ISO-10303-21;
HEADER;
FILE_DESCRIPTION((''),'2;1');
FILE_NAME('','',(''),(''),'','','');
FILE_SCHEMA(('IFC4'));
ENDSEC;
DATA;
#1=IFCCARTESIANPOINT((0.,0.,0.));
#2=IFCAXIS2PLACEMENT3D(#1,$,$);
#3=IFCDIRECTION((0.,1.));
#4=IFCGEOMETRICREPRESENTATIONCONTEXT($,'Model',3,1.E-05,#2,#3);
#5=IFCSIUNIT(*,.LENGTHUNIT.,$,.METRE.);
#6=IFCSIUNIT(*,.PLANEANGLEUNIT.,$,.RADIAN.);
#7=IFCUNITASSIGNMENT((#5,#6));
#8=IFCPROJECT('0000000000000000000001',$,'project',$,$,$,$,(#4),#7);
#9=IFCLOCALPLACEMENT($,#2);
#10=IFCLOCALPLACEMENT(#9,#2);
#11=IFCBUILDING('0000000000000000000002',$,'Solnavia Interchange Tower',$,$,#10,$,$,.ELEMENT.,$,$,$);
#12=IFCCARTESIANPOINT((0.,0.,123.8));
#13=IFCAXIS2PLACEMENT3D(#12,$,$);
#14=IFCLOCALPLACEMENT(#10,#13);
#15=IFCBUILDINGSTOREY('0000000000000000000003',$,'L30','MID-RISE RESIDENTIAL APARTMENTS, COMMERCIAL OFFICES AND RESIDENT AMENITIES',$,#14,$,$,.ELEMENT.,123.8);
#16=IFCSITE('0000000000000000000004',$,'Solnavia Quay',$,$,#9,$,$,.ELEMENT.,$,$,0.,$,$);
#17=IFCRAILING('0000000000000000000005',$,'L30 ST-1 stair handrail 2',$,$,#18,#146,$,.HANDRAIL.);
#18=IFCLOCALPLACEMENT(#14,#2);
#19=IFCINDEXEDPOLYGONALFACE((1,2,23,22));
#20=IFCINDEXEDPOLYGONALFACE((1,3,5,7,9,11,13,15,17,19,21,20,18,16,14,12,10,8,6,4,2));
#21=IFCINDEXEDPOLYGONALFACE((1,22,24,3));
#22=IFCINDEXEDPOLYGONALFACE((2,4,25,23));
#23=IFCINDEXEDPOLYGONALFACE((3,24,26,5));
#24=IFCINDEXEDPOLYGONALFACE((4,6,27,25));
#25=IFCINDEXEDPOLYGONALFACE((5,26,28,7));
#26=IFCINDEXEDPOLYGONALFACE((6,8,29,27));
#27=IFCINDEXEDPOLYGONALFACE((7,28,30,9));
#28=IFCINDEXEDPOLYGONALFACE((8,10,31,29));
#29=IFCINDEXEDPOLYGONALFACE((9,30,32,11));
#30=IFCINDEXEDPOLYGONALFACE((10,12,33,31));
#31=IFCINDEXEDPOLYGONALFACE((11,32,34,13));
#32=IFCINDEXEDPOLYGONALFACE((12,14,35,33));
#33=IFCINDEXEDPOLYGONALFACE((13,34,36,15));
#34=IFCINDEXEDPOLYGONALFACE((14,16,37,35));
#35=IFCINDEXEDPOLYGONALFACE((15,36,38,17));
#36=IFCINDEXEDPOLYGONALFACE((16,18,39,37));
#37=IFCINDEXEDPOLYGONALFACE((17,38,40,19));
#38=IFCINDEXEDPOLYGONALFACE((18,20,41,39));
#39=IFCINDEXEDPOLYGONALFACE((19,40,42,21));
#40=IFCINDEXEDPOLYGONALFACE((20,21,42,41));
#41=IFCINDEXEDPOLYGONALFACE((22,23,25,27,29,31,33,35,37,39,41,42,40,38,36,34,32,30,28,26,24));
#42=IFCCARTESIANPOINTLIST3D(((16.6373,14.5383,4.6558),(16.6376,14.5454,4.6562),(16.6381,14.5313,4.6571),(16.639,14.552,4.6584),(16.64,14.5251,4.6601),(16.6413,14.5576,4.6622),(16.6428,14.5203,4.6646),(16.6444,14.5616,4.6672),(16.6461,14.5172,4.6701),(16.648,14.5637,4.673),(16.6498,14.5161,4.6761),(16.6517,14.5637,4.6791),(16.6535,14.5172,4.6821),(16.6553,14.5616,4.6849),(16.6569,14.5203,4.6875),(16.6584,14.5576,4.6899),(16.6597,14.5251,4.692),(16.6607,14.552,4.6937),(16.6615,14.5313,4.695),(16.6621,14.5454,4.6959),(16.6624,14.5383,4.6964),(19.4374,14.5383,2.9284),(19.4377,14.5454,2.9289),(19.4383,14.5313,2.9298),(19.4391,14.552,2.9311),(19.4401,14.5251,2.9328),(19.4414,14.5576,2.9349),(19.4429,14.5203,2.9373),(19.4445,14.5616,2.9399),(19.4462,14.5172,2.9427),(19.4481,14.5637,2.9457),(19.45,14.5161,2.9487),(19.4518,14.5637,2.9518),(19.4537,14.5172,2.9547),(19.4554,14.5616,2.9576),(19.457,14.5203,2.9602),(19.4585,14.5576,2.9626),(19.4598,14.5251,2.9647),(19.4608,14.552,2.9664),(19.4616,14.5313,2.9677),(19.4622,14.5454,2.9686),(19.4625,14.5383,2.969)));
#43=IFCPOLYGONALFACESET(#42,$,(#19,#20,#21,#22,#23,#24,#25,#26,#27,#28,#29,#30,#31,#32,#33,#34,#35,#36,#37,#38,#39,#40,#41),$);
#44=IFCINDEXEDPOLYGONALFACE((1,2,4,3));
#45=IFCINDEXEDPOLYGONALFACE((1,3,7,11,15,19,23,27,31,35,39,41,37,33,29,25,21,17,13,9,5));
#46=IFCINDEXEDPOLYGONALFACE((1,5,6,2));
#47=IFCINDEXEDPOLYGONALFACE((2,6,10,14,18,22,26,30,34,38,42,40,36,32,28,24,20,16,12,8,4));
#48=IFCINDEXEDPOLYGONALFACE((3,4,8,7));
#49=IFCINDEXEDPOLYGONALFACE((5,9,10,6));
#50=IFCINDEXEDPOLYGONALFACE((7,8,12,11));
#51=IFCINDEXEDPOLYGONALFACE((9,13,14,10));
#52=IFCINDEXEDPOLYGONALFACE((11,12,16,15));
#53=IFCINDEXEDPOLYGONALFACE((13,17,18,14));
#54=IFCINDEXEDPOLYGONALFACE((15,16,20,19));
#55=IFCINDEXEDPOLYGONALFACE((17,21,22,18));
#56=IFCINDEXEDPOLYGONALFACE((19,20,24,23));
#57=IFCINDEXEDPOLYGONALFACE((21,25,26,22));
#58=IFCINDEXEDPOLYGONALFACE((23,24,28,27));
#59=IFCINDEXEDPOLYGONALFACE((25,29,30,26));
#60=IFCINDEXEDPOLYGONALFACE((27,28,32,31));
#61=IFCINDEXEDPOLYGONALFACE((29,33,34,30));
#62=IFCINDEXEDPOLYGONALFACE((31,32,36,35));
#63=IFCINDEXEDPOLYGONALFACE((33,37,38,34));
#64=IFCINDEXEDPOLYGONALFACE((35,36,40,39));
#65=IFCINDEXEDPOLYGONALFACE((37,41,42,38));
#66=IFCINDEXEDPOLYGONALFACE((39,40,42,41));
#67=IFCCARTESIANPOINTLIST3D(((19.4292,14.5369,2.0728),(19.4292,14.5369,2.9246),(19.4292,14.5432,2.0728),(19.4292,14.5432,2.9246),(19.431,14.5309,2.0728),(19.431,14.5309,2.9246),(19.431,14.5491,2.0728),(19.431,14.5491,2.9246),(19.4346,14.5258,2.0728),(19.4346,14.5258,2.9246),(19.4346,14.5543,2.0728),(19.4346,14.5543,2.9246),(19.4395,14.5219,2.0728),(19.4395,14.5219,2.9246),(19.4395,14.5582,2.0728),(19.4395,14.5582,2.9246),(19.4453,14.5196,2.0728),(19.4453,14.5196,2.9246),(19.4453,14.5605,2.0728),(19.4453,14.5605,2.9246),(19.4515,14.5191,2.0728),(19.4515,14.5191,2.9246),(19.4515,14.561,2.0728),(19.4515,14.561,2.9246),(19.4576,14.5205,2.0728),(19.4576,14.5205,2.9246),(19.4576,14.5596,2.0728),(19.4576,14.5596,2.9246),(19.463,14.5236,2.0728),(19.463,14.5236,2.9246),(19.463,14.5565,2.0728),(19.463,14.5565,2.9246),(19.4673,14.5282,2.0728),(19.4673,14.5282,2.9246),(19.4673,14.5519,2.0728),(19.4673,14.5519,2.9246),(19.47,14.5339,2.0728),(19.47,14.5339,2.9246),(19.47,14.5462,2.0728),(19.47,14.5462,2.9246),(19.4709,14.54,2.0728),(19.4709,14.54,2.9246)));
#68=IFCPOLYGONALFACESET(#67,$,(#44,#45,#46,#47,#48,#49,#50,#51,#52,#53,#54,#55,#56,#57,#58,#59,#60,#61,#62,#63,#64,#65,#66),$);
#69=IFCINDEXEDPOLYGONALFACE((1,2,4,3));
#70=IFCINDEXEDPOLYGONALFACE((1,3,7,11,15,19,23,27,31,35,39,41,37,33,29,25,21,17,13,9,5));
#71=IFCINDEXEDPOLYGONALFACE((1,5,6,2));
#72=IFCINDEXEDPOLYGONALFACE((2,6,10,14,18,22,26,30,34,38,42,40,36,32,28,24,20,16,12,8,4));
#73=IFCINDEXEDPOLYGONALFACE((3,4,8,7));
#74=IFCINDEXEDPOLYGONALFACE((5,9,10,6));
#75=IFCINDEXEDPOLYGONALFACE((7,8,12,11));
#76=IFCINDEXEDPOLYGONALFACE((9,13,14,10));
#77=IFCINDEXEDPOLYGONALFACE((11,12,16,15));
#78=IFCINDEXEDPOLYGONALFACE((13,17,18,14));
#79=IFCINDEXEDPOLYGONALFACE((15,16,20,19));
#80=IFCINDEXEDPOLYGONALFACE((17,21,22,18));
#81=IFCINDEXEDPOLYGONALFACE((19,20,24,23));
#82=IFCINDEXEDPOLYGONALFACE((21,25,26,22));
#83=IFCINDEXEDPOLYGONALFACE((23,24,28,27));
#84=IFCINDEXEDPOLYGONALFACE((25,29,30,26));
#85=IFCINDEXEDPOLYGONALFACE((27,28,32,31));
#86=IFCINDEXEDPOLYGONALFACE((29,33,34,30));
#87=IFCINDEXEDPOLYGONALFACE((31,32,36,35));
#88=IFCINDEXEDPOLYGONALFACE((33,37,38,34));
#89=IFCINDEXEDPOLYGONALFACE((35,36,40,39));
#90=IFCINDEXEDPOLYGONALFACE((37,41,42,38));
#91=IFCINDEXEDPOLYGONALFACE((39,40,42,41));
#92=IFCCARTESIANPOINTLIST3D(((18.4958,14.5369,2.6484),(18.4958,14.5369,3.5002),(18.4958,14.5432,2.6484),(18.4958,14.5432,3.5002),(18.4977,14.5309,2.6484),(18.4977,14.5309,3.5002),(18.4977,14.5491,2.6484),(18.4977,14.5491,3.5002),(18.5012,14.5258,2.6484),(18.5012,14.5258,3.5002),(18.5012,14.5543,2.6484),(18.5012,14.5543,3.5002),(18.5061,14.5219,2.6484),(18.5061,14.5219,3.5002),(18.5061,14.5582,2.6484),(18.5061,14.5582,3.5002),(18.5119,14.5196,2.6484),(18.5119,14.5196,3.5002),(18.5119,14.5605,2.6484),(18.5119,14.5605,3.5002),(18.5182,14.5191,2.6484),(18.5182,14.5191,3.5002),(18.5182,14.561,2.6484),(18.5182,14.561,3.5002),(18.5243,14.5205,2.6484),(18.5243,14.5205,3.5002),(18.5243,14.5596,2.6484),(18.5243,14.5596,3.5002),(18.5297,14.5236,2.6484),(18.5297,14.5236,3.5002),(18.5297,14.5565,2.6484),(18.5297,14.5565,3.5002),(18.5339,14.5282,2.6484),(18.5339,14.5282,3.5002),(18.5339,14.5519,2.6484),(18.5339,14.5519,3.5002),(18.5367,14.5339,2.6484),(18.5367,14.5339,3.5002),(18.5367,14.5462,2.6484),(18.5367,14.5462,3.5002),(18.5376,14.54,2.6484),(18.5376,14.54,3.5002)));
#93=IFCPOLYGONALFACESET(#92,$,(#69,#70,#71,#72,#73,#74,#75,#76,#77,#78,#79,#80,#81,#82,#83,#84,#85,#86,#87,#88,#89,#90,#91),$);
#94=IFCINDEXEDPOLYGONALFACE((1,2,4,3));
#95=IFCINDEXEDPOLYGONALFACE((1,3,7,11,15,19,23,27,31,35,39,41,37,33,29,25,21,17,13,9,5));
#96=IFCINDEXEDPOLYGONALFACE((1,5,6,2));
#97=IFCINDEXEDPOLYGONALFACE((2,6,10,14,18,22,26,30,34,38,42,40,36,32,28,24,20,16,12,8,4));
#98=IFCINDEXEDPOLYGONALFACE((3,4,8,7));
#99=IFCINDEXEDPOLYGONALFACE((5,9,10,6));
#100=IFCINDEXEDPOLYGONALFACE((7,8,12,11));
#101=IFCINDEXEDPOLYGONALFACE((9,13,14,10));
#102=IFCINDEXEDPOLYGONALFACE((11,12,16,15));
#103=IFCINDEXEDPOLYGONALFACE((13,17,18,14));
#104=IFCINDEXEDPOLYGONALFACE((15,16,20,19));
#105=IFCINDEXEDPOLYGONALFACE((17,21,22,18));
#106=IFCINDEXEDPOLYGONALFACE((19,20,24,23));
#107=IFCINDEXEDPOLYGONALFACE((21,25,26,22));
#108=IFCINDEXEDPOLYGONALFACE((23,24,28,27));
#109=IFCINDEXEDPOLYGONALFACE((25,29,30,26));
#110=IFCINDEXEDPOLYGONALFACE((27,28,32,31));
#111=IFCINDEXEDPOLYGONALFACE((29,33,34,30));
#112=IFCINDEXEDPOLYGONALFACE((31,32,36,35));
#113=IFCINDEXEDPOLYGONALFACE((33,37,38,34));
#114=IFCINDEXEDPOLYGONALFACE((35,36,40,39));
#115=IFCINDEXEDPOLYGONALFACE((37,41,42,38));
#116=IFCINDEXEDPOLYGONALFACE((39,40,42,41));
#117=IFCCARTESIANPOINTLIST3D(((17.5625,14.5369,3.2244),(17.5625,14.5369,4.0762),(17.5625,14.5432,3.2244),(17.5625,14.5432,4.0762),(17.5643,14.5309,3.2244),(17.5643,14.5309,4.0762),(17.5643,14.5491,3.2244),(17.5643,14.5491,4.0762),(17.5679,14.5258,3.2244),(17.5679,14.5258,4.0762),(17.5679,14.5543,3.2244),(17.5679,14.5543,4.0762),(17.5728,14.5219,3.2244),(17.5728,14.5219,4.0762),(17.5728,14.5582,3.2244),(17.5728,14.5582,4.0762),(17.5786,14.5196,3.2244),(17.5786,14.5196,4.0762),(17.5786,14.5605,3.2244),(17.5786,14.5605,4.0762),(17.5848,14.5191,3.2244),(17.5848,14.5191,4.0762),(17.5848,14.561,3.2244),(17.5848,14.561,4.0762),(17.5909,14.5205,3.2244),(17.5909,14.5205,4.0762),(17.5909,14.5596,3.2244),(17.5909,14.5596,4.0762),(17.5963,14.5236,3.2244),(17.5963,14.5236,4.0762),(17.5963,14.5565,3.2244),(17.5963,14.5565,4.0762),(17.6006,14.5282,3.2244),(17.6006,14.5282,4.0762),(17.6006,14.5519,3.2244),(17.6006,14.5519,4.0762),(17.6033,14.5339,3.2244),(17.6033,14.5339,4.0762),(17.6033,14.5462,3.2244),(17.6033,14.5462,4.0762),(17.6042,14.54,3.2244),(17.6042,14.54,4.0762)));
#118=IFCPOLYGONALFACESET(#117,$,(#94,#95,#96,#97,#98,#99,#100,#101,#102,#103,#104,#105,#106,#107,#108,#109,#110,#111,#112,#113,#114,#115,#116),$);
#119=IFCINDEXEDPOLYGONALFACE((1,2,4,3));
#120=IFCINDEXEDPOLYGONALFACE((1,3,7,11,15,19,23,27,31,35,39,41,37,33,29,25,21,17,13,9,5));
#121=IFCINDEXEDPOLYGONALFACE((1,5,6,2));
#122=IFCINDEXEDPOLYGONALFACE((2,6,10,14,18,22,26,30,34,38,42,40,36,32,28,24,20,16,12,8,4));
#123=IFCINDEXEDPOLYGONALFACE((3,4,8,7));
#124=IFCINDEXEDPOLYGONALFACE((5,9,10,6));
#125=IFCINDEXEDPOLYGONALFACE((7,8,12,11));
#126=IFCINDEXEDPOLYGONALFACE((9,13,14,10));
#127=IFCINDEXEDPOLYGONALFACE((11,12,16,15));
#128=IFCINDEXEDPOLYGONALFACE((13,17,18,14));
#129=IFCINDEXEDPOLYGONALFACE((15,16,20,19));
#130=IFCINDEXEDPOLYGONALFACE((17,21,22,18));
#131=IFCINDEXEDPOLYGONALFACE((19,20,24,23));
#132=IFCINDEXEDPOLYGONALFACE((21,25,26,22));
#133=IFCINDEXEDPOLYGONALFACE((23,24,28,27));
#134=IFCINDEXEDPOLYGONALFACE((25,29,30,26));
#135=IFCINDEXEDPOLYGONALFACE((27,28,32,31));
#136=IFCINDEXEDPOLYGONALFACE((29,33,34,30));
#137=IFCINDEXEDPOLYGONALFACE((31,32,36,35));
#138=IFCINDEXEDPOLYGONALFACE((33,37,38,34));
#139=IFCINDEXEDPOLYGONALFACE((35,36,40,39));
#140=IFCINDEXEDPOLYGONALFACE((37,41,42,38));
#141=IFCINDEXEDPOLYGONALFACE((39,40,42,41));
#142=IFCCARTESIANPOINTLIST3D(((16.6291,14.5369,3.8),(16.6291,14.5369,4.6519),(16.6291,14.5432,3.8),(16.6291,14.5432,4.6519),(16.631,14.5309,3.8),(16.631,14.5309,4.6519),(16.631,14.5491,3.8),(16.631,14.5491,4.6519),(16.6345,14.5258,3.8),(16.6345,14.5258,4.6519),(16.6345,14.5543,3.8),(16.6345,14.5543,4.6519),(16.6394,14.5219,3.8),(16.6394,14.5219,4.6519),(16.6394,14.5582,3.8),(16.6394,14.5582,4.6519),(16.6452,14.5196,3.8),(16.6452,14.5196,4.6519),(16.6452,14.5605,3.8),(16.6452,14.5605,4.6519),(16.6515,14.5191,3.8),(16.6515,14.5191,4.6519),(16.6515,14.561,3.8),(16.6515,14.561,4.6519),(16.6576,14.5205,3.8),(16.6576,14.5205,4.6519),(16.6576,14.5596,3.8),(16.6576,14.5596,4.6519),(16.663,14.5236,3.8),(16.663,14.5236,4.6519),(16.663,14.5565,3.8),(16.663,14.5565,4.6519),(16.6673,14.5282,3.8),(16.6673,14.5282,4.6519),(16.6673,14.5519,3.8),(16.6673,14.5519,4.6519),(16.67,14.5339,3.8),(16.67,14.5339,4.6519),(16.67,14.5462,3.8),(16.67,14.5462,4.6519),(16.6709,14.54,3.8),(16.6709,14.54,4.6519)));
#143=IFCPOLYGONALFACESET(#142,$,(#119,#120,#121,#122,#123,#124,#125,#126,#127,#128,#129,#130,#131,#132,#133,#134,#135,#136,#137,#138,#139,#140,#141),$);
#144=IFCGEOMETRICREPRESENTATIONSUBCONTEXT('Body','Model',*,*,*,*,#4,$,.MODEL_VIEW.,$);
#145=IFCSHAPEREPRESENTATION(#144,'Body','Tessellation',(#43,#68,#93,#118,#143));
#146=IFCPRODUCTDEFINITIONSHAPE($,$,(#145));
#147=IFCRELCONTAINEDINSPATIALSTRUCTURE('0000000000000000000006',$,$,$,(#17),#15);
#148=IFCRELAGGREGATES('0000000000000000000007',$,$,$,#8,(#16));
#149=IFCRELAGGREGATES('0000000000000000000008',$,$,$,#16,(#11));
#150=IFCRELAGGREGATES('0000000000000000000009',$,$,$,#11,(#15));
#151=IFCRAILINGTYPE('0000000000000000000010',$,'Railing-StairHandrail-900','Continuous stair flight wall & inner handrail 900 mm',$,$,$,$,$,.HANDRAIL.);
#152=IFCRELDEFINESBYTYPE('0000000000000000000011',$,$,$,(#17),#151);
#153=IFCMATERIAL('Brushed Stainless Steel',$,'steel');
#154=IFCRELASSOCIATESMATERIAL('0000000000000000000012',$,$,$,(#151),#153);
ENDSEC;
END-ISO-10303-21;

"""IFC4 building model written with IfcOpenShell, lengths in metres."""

from ifc_helpers import new_model, si_unit, direction, frame, origin, origin_2d, place, context, subcontext, project, spatial, circle, extrude, material, type_object, element, save


model = new_model("IFC4")

# Units and contexts
model_context = context("Model", 3, precision=1e-05, world=origin(), true_north=direction((0.0, 1.0)))
body_context = subcontext(model_context, "Body", "Model", "MODEL_VIEW")
ifc_project = project(units=[si_unit("LENGTHUNIT", "METRE"), si_unit("PLANEANGLEUNIT", "RADIAN")], contexts=[model_context])

# Site, building, storey
site_placement = place(None, origin())
site = spatial("IfcSite", under=ifc_project, at=site_placement, Name="Solnavia Quay", CompositionType="ELEMENT", RefElevation=0.0)
building_placement = place(site_placement, origin())
building = spatial("IfcBuilding", under=site, at=building_placement, Name="Solnavia Interchange Tower", CompositionType="ELEMENT")
storey_placement = place(building_placement, frame((0.0, 0.0, 123.8)))
storey = spatial("IfcBuildingStorey", under=building, at=storey_placement, Name="L30", Description="MID-RISE RESIDENTIAL APARTMENTS, COMMERCIAL OFFICES AND RESIDENT AMENITIES", CompositionType="ELEMENT", Elevation=123.8)

# Railing
ifc_material_1 = material(Name="Brushed Stainless Steel", Category="steel")
railing_type_1 = type_object("IfcRailingType", Name="Railing-StairHandrail-900", Description="Continuous stair flight wall & inner handrail 900 mm", PredefinedType="HANDRAIL", material=ifc_material_1)
railing_1_placement = place(storey_placement, frame((19.45, 14.54, 2.0728)))
element("IfcRailing", 1, at=railing_1_placement, inside=storey, type_object=railing_type_1, Name="L30 ST-1 stair handrail 2", PredefinedType="HANDRAIL", context=body_context, shape_type="SweptSolid", body=[
    extrude(circle(Radius=0.0239, at=origin_2d()), frame((0.0, 0.0, 0.876), z_axis=(-0.85109, 0.0, 0.52502), x_axis=(0.0, -1.0, 0.0)), (0.0, 0.0, 1.0), 3.29),
    extrude(circle(Radius=0.021, at=origin_2d()), origin(), (0.0, 0.0, 1.0), 0.8518),
    extrude(circle(Radius=0.021, at=origin_2d()), frame((-0.9333, 0.0, 0.5757)), (0.0, 0.0, 1.0), 0.8518),
    extrude(circle(Radius=0.021, at=origin_2d()), frame((-1.8667, 0.0, 1.1516)), (0.0, 0.0, 1.0), 0.8518),
    extrude(circle(Radius=0.021, at=origin_2d()), frame((-2.8, 0.0, 1.7273)), (0.0, 0.0, 1.0), 0.8518),
])

save(model, "model.ifc")
